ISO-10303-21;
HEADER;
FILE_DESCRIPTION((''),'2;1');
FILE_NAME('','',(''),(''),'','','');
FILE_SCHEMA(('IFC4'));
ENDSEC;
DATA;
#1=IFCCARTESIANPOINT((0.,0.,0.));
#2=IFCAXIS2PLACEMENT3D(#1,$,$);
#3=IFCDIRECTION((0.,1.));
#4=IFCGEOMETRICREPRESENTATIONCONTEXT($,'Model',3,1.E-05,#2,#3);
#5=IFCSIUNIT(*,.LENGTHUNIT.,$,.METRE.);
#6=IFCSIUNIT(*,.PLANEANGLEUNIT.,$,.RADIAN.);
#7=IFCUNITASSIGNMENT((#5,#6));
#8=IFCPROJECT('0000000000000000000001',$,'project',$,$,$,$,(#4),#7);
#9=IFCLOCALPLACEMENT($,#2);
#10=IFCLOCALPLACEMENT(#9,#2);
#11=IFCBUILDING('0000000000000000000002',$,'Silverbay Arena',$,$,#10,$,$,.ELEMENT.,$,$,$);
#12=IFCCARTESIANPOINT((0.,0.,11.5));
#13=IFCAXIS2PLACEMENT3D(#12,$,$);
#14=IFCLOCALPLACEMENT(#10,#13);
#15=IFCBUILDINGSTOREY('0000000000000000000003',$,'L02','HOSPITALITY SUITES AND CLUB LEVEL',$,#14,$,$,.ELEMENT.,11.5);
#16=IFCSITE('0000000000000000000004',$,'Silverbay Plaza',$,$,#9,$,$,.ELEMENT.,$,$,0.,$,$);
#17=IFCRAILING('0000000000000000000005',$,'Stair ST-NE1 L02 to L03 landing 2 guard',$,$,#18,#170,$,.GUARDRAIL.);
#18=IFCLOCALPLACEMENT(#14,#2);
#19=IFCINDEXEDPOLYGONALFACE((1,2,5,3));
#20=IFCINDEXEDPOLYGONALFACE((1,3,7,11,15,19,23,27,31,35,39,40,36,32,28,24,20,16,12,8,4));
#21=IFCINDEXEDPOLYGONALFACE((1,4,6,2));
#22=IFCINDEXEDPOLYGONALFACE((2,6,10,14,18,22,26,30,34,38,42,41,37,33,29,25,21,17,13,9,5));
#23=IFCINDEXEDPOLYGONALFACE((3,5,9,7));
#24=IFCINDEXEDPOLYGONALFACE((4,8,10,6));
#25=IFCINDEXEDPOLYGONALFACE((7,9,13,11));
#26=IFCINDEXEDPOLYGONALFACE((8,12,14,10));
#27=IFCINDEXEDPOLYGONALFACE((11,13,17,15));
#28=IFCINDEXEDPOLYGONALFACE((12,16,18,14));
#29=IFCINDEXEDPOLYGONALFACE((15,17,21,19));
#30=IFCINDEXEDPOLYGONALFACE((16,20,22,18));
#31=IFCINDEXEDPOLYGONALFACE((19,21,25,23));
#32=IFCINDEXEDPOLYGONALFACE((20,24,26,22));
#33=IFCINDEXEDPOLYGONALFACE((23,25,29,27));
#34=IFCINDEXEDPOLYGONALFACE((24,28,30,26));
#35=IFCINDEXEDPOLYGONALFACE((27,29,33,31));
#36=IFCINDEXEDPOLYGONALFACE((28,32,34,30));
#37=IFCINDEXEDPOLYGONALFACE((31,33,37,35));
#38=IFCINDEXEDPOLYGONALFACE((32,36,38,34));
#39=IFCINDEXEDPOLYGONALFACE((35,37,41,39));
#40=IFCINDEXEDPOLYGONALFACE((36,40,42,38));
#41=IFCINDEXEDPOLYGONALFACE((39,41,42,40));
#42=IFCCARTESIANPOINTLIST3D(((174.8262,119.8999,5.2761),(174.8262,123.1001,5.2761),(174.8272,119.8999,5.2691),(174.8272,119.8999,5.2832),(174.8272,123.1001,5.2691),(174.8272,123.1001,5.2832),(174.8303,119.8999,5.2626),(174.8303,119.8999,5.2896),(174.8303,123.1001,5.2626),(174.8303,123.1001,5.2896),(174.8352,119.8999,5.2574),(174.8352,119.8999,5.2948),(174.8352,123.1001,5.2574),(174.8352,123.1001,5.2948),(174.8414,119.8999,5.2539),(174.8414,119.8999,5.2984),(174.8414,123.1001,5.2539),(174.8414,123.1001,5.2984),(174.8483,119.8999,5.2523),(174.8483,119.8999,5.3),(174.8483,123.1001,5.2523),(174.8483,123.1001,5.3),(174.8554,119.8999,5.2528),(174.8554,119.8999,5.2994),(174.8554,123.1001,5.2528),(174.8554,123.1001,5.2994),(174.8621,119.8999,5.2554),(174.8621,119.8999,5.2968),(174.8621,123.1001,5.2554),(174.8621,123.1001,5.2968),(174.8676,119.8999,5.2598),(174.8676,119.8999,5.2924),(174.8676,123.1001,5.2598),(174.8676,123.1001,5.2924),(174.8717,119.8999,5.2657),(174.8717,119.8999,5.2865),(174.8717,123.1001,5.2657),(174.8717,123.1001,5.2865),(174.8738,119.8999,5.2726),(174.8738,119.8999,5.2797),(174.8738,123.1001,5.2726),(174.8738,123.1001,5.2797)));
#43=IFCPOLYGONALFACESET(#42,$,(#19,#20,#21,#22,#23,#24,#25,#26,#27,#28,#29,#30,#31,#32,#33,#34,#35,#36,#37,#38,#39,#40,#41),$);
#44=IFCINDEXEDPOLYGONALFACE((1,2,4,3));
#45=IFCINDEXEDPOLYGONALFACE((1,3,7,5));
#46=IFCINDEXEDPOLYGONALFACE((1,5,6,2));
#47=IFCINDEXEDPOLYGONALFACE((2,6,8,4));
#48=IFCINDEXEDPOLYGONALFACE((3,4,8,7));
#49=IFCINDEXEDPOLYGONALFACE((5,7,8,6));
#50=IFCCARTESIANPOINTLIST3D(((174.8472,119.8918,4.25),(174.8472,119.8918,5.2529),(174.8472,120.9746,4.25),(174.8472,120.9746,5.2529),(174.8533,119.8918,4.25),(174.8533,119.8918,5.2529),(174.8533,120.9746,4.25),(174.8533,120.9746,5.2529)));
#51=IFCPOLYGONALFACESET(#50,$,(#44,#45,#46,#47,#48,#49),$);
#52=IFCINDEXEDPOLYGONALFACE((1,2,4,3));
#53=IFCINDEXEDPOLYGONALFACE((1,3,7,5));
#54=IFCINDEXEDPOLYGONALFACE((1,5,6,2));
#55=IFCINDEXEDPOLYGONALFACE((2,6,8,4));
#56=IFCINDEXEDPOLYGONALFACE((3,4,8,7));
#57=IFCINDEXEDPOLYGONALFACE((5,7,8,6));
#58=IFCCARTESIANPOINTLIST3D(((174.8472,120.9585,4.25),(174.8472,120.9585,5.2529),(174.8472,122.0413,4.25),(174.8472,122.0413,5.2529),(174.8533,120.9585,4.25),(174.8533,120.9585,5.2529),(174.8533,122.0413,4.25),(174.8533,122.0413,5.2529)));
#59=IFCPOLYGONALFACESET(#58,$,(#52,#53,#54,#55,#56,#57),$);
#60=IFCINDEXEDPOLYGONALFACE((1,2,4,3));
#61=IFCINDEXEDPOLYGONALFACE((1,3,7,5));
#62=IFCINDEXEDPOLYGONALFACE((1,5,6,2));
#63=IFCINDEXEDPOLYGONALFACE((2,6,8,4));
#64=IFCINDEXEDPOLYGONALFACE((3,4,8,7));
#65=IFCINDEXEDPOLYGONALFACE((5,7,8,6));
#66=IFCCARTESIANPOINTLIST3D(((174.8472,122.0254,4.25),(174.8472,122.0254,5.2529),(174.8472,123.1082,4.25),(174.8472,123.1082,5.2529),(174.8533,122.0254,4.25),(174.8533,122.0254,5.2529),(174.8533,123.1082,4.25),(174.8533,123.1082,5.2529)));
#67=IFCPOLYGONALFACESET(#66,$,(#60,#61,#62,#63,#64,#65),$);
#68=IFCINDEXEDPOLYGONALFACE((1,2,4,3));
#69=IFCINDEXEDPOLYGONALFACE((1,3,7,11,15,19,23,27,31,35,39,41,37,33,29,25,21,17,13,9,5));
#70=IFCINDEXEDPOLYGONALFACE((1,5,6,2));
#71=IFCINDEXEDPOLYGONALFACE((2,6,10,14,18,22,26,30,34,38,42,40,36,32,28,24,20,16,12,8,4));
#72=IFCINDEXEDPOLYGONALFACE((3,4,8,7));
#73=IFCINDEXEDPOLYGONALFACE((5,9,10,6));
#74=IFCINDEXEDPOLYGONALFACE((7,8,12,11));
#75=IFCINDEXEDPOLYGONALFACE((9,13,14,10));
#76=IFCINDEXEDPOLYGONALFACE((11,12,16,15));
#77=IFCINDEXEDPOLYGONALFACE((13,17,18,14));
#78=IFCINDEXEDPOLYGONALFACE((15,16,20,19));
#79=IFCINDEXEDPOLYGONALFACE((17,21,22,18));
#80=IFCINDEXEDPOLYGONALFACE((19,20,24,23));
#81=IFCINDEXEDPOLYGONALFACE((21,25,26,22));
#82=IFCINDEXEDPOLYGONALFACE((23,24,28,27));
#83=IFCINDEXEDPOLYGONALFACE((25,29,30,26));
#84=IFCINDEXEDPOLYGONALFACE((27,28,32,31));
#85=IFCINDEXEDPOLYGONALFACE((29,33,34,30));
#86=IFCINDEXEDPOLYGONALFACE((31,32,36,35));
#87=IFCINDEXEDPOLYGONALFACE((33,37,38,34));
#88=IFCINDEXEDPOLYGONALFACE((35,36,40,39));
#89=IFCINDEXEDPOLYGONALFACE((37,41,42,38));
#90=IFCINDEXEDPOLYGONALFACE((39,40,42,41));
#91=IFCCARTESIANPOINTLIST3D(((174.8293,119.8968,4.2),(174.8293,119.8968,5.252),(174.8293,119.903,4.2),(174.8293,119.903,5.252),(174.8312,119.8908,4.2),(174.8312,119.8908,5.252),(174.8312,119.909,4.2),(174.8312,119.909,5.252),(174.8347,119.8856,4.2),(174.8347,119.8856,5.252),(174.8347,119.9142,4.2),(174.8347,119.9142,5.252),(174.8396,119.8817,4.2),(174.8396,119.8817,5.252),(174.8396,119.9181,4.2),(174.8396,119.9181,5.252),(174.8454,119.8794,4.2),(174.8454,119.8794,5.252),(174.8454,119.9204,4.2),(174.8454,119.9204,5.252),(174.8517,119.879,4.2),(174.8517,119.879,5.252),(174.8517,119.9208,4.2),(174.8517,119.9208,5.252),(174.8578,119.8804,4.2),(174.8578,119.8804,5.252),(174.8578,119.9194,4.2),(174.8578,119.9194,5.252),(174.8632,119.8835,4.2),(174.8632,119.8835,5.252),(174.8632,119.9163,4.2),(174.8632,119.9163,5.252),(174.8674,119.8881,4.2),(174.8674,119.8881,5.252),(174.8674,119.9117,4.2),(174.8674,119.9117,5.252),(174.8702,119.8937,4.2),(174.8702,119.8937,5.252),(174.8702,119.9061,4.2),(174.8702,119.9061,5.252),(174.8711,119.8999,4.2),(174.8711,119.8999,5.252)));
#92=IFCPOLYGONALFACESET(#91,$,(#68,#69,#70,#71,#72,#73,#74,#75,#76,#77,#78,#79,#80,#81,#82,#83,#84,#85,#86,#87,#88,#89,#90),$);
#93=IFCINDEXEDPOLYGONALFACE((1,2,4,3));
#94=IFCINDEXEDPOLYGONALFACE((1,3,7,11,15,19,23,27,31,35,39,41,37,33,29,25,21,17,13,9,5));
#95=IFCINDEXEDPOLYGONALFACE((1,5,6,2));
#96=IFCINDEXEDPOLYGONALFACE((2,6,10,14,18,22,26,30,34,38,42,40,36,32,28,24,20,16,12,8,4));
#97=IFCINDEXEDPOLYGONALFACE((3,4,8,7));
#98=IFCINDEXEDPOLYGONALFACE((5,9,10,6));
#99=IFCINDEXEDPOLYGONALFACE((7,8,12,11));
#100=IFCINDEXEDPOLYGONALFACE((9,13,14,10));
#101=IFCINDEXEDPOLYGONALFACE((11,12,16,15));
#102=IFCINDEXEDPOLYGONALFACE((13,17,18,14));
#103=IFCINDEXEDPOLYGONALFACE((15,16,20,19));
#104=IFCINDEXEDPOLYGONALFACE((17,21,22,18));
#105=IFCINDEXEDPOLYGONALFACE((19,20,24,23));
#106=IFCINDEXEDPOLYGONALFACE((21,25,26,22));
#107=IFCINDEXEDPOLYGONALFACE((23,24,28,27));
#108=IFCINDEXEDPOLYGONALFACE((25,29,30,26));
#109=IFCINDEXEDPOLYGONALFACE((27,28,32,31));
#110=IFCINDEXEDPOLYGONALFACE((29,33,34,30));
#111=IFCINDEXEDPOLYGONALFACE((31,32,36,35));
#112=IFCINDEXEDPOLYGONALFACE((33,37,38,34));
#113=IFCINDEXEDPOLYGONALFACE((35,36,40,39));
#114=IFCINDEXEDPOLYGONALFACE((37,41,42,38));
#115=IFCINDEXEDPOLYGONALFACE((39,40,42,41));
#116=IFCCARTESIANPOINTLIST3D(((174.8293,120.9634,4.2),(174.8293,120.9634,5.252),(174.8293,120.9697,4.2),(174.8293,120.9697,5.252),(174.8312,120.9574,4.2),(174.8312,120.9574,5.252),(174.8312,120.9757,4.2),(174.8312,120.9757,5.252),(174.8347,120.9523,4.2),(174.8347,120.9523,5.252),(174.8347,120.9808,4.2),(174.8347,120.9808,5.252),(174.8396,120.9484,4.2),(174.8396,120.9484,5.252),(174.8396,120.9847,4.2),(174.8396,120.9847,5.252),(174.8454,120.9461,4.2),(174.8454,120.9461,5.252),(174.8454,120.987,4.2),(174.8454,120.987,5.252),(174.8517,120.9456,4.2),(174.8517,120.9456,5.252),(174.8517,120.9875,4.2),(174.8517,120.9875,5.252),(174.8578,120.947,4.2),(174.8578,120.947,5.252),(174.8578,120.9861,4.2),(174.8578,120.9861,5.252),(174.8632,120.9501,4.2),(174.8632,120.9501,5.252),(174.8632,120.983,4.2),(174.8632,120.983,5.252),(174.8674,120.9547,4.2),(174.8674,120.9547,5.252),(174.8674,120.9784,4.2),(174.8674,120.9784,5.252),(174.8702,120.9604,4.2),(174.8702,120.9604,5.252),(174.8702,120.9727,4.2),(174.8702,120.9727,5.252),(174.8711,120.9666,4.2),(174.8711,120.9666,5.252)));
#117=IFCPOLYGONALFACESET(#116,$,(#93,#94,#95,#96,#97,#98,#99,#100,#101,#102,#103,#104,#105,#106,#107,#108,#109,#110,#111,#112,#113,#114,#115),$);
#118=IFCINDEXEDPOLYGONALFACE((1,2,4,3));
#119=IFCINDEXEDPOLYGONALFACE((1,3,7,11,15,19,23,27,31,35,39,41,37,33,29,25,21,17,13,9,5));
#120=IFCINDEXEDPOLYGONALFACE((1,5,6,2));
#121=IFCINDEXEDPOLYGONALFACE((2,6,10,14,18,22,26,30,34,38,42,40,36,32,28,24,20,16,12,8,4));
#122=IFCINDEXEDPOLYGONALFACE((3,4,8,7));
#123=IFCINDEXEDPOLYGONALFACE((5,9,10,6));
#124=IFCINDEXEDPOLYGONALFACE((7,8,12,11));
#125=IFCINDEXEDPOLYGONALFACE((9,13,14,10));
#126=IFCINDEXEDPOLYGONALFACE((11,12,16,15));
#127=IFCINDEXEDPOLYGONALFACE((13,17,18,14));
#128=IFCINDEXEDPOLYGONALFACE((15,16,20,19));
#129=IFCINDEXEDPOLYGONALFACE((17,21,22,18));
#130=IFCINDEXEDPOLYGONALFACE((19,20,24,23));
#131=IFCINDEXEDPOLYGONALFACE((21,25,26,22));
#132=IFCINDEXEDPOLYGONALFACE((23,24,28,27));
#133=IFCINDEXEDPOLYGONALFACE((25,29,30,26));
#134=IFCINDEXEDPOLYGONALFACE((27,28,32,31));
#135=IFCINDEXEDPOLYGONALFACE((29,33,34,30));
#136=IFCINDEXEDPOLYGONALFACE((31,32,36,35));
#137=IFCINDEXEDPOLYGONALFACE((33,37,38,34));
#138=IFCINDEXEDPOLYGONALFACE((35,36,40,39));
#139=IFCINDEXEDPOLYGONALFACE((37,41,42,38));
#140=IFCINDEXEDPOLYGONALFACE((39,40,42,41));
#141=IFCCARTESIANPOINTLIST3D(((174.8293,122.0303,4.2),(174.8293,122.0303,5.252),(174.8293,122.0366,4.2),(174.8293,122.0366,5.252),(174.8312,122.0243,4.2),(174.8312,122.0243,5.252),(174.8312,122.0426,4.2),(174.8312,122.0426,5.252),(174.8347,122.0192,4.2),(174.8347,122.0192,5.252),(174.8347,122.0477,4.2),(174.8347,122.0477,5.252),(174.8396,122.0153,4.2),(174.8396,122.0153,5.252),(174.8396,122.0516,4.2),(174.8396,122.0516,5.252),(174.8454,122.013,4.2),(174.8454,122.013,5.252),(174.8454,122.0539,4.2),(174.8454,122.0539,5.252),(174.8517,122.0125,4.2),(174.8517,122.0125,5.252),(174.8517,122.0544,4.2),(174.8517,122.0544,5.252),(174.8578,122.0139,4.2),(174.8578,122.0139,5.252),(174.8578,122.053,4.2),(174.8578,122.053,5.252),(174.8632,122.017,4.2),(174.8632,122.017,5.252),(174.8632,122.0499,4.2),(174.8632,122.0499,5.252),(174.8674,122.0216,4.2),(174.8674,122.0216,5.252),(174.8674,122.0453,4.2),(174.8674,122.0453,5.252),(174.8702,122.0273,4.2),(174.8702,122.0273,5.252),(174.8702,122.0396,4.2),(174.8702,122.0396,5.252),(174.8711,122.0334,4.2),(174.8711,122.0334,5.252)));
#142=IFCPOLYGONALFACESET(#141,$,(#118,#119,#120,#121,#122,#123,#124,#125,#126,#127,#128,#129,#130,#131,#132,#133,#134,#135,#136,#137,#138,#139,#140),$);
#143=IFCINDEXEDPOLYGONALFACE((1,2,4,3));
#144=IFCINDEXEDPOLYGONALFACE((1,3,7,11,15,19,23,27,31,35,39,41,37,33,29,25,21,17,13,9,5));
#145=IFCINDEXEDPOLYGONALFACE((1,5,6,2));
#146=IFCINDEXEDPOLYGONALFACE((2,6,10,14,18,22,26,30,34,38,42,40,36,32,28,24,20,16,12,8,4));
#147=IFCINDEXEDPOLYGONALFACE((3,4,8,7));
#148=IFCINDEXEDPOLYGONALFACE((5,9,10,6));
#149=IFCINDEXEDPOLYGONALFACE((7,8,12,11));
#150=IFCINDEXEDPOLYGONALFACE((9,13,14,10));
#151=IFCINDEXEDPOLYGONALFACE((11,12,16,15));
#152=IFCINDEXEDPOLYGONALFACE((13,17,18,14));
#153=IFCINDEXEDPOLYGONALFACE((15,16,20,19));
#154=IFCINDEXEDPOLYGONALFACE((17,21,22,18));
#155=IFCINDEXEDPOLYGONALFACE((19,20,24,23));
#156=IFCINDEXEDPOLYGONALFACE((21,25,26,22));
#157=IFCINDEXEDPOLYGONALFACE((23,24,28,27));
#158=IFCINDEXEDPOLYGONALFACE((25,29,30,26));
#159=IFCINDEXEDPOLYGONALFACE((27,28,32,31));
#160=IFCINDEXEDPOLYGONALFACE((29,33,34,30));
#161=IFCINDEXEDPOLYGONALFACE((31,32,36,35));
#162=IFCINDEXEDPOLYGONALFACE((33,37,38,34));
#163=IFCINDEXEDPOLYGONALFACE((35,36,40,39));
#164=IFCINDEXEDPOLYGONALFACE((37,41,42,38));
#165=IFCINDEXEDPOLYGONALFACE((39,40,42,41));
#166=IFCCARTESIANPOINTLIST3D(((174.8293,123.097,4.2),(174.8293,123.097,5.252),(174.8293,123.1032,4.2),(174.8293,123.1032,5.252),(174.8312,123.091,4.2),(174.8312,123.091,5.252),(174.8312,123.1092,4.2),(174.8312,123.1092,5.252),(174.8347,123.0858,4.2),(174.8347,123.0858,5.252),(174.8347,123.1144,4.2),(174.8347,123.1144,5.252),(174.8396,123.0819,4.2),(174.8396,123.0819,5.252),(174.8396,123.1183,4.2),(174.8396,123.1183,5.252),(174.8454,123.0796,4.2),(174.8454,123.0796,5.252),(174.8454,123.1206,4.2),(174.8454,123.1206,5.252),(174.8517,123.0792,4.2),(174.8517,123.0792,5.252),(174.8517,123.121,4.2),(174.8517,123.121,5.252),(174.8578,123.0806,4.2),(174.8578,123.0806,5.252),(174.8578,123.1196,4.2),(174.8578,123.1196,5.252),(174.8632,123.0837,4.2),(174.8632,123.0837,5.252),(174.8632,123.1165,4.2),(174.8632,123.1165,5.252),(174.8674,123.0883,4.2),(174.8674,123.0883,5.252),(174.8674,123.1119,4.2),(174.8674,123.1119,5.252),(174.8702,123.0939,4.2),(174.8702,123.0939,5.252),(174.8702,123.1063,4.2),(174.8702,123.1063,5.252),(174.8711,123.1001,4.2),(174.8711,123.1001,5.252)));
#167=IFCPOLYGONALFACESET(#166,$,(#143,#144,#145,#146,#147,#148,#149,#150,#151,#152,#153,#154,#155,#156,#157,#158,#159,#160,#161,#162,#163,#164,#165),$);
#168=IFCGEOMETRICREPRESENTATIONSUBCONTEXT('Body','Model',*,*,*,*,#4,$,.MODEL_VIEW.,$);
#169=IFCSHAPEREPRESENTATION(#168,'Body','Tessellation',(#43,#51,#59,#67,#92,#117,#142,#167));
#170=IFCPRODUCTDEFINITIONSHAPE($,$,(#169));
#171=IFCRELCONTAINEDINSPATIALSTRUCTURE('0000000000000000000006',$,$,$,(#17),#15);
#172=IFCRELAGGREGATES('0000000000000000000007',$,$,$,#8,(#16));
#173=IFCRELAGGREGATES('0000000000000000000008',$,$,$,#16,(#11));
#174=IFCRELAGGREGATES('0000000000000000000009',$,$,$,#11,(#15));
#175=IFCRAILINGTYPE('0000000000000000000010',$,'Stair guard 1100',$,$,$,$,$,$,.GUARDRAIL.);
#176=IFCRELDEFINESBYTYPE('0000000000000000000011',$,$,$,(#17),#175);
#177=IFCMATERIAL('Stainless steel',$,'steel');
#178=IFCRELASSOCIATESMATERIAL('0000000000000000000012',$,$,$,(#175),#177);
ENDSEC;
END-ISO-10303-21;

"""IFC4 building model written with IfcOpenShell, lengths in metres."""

from ifc_helpers import new_model, si_unit, direction, frame, origin, origin_2d, place, context, subcontext, project, spatial, polyline, circle, outline, extrude, material, type_object, element, save


model = new_model("IFC4")

# Units and contexts
model_context = context("Model", 3, precision=1e-05, world=origin(), true_north=direction((0.0, 1.0)))
body_context = subcontext(model_context, "Body", "Model", "MODEL_VIEW")
ifc_project = project(units=[si_unit("LENGTHUNIT", "METRE"), si_unit("PLANEANGLEUNIT", "RADIAN")], contexts=[model_context])

# Site, building, storey
site_placement = place(None, origin())
site = spatial("IfcSite", under=ifc_project, at=site_placement, Name="Silverbay Plaza", CompositionType="ELEMENT", RefElevation=0.0)
building_placement = place(site_placement, origin())
building = spatial("IfcBuilding", under=site, at=building_placement, Name="Silverbay Arena", CompositionType="ELEMENT")
storey_placement = place(building_placement, frame((0.0, 0.0, 11.5)))
storey = spatial("IfcBuildingStorey", under=building, at=storey_placement, Name="L02", Description="HOSPITALITY SUITES AND CLUB LEVEL", CompositionType="ELEMENT", Elevation=11.5)

# Railing
ifc_material_1 = material(Name="Stainless steel", Category="steel")
railing_type = type_object("IfcRailingType", Name="Stair guard 1100", PredefinedType="GUARDRAIL", material=ifc_material_1)
for number, where, name in (
    (1, (174.8501, 119.8999, 4.2), "Stair ST-NE1 L02 to L03 landing 2 guard"),
):
    element("IfcRailing", number, at=place(storey_placement, frame(where)), inside=storey, type_object=railing_type, Name=name, PredefinedType="GUARDRAIL", context=body_context, shape_type="SweptSolid", body=[
        extrude(circle(Radius=0.0239, at=origin_2d()), frame((0.0, 0.0, 1.0762), z_axis=(0.0, 1.0, 0.0), x_axis=(-1.0, 0.0, 0.0)), (0.0, 0.0, 1.0), 3.2002),
        extrude(outline(polyline([(-0.0081, 0.05), (1.0747, 0.05), (1.0747, 1.053), (-0.0081, 1.053), (-0.0081, 0.05)])), frame((-0.0029, 0.0, 0.0), z_axis=(1.0, 0.0, 0.0), x_axis=(0.0, 1.0, 0.0)), (0.0, 0.0, 1.0), 0.0061),
        extrude(outline(polyline([(-0.0081, 0.05), (1.0747, 0.05), (1.0747, 1.053), (-0.0081, 1.053), (-0.0081, 0.05)])), frame((-0.0029, 1.0667, 0.0), z_axis=(1.0, 0.0, 0.0), x_axis=(0.0, 1.0, 0.0)), (0.0, 0.0, 1.0), 0.0061),
        extrude(outline(polyline([(-0.0081, 0.05), (1.0747, 0.05), (1.0747, 1.053), (-0.0081, 1.053), (-0.0081, 0.05)])), frame((-0.0029, 2.1335, 0.0), z_axis=(1.0, 0.0, 0.0), x_axis=(0.0, 1.0, 0.0)), (0.0, 0.0, 1.0), 0.0061),
        extrude(circle(Radius=0.021, at=origin_2d()), origin(), (0.0, 0.0, 1.0), 1.052),
        extrude(circle(Radius=0.021, at=origin_2d()), frame((0.0, 1.0667, 0.0)), (0.0, 0.0, 1.0), 1.052),
        extrude(circle(Radius=0.021, at=origin_2d()), frame((0.0, 2.1335, 0.0)), (0.0, 0.0, 1.0), 1.052),
        extrude(circle(Radius=0.021, at=origin_2d()), frame((0.0, 3.2002, 0.0)), (0.0, 0.0, 1.0), 1.052),
    ])

save(model, "model.ifc")
